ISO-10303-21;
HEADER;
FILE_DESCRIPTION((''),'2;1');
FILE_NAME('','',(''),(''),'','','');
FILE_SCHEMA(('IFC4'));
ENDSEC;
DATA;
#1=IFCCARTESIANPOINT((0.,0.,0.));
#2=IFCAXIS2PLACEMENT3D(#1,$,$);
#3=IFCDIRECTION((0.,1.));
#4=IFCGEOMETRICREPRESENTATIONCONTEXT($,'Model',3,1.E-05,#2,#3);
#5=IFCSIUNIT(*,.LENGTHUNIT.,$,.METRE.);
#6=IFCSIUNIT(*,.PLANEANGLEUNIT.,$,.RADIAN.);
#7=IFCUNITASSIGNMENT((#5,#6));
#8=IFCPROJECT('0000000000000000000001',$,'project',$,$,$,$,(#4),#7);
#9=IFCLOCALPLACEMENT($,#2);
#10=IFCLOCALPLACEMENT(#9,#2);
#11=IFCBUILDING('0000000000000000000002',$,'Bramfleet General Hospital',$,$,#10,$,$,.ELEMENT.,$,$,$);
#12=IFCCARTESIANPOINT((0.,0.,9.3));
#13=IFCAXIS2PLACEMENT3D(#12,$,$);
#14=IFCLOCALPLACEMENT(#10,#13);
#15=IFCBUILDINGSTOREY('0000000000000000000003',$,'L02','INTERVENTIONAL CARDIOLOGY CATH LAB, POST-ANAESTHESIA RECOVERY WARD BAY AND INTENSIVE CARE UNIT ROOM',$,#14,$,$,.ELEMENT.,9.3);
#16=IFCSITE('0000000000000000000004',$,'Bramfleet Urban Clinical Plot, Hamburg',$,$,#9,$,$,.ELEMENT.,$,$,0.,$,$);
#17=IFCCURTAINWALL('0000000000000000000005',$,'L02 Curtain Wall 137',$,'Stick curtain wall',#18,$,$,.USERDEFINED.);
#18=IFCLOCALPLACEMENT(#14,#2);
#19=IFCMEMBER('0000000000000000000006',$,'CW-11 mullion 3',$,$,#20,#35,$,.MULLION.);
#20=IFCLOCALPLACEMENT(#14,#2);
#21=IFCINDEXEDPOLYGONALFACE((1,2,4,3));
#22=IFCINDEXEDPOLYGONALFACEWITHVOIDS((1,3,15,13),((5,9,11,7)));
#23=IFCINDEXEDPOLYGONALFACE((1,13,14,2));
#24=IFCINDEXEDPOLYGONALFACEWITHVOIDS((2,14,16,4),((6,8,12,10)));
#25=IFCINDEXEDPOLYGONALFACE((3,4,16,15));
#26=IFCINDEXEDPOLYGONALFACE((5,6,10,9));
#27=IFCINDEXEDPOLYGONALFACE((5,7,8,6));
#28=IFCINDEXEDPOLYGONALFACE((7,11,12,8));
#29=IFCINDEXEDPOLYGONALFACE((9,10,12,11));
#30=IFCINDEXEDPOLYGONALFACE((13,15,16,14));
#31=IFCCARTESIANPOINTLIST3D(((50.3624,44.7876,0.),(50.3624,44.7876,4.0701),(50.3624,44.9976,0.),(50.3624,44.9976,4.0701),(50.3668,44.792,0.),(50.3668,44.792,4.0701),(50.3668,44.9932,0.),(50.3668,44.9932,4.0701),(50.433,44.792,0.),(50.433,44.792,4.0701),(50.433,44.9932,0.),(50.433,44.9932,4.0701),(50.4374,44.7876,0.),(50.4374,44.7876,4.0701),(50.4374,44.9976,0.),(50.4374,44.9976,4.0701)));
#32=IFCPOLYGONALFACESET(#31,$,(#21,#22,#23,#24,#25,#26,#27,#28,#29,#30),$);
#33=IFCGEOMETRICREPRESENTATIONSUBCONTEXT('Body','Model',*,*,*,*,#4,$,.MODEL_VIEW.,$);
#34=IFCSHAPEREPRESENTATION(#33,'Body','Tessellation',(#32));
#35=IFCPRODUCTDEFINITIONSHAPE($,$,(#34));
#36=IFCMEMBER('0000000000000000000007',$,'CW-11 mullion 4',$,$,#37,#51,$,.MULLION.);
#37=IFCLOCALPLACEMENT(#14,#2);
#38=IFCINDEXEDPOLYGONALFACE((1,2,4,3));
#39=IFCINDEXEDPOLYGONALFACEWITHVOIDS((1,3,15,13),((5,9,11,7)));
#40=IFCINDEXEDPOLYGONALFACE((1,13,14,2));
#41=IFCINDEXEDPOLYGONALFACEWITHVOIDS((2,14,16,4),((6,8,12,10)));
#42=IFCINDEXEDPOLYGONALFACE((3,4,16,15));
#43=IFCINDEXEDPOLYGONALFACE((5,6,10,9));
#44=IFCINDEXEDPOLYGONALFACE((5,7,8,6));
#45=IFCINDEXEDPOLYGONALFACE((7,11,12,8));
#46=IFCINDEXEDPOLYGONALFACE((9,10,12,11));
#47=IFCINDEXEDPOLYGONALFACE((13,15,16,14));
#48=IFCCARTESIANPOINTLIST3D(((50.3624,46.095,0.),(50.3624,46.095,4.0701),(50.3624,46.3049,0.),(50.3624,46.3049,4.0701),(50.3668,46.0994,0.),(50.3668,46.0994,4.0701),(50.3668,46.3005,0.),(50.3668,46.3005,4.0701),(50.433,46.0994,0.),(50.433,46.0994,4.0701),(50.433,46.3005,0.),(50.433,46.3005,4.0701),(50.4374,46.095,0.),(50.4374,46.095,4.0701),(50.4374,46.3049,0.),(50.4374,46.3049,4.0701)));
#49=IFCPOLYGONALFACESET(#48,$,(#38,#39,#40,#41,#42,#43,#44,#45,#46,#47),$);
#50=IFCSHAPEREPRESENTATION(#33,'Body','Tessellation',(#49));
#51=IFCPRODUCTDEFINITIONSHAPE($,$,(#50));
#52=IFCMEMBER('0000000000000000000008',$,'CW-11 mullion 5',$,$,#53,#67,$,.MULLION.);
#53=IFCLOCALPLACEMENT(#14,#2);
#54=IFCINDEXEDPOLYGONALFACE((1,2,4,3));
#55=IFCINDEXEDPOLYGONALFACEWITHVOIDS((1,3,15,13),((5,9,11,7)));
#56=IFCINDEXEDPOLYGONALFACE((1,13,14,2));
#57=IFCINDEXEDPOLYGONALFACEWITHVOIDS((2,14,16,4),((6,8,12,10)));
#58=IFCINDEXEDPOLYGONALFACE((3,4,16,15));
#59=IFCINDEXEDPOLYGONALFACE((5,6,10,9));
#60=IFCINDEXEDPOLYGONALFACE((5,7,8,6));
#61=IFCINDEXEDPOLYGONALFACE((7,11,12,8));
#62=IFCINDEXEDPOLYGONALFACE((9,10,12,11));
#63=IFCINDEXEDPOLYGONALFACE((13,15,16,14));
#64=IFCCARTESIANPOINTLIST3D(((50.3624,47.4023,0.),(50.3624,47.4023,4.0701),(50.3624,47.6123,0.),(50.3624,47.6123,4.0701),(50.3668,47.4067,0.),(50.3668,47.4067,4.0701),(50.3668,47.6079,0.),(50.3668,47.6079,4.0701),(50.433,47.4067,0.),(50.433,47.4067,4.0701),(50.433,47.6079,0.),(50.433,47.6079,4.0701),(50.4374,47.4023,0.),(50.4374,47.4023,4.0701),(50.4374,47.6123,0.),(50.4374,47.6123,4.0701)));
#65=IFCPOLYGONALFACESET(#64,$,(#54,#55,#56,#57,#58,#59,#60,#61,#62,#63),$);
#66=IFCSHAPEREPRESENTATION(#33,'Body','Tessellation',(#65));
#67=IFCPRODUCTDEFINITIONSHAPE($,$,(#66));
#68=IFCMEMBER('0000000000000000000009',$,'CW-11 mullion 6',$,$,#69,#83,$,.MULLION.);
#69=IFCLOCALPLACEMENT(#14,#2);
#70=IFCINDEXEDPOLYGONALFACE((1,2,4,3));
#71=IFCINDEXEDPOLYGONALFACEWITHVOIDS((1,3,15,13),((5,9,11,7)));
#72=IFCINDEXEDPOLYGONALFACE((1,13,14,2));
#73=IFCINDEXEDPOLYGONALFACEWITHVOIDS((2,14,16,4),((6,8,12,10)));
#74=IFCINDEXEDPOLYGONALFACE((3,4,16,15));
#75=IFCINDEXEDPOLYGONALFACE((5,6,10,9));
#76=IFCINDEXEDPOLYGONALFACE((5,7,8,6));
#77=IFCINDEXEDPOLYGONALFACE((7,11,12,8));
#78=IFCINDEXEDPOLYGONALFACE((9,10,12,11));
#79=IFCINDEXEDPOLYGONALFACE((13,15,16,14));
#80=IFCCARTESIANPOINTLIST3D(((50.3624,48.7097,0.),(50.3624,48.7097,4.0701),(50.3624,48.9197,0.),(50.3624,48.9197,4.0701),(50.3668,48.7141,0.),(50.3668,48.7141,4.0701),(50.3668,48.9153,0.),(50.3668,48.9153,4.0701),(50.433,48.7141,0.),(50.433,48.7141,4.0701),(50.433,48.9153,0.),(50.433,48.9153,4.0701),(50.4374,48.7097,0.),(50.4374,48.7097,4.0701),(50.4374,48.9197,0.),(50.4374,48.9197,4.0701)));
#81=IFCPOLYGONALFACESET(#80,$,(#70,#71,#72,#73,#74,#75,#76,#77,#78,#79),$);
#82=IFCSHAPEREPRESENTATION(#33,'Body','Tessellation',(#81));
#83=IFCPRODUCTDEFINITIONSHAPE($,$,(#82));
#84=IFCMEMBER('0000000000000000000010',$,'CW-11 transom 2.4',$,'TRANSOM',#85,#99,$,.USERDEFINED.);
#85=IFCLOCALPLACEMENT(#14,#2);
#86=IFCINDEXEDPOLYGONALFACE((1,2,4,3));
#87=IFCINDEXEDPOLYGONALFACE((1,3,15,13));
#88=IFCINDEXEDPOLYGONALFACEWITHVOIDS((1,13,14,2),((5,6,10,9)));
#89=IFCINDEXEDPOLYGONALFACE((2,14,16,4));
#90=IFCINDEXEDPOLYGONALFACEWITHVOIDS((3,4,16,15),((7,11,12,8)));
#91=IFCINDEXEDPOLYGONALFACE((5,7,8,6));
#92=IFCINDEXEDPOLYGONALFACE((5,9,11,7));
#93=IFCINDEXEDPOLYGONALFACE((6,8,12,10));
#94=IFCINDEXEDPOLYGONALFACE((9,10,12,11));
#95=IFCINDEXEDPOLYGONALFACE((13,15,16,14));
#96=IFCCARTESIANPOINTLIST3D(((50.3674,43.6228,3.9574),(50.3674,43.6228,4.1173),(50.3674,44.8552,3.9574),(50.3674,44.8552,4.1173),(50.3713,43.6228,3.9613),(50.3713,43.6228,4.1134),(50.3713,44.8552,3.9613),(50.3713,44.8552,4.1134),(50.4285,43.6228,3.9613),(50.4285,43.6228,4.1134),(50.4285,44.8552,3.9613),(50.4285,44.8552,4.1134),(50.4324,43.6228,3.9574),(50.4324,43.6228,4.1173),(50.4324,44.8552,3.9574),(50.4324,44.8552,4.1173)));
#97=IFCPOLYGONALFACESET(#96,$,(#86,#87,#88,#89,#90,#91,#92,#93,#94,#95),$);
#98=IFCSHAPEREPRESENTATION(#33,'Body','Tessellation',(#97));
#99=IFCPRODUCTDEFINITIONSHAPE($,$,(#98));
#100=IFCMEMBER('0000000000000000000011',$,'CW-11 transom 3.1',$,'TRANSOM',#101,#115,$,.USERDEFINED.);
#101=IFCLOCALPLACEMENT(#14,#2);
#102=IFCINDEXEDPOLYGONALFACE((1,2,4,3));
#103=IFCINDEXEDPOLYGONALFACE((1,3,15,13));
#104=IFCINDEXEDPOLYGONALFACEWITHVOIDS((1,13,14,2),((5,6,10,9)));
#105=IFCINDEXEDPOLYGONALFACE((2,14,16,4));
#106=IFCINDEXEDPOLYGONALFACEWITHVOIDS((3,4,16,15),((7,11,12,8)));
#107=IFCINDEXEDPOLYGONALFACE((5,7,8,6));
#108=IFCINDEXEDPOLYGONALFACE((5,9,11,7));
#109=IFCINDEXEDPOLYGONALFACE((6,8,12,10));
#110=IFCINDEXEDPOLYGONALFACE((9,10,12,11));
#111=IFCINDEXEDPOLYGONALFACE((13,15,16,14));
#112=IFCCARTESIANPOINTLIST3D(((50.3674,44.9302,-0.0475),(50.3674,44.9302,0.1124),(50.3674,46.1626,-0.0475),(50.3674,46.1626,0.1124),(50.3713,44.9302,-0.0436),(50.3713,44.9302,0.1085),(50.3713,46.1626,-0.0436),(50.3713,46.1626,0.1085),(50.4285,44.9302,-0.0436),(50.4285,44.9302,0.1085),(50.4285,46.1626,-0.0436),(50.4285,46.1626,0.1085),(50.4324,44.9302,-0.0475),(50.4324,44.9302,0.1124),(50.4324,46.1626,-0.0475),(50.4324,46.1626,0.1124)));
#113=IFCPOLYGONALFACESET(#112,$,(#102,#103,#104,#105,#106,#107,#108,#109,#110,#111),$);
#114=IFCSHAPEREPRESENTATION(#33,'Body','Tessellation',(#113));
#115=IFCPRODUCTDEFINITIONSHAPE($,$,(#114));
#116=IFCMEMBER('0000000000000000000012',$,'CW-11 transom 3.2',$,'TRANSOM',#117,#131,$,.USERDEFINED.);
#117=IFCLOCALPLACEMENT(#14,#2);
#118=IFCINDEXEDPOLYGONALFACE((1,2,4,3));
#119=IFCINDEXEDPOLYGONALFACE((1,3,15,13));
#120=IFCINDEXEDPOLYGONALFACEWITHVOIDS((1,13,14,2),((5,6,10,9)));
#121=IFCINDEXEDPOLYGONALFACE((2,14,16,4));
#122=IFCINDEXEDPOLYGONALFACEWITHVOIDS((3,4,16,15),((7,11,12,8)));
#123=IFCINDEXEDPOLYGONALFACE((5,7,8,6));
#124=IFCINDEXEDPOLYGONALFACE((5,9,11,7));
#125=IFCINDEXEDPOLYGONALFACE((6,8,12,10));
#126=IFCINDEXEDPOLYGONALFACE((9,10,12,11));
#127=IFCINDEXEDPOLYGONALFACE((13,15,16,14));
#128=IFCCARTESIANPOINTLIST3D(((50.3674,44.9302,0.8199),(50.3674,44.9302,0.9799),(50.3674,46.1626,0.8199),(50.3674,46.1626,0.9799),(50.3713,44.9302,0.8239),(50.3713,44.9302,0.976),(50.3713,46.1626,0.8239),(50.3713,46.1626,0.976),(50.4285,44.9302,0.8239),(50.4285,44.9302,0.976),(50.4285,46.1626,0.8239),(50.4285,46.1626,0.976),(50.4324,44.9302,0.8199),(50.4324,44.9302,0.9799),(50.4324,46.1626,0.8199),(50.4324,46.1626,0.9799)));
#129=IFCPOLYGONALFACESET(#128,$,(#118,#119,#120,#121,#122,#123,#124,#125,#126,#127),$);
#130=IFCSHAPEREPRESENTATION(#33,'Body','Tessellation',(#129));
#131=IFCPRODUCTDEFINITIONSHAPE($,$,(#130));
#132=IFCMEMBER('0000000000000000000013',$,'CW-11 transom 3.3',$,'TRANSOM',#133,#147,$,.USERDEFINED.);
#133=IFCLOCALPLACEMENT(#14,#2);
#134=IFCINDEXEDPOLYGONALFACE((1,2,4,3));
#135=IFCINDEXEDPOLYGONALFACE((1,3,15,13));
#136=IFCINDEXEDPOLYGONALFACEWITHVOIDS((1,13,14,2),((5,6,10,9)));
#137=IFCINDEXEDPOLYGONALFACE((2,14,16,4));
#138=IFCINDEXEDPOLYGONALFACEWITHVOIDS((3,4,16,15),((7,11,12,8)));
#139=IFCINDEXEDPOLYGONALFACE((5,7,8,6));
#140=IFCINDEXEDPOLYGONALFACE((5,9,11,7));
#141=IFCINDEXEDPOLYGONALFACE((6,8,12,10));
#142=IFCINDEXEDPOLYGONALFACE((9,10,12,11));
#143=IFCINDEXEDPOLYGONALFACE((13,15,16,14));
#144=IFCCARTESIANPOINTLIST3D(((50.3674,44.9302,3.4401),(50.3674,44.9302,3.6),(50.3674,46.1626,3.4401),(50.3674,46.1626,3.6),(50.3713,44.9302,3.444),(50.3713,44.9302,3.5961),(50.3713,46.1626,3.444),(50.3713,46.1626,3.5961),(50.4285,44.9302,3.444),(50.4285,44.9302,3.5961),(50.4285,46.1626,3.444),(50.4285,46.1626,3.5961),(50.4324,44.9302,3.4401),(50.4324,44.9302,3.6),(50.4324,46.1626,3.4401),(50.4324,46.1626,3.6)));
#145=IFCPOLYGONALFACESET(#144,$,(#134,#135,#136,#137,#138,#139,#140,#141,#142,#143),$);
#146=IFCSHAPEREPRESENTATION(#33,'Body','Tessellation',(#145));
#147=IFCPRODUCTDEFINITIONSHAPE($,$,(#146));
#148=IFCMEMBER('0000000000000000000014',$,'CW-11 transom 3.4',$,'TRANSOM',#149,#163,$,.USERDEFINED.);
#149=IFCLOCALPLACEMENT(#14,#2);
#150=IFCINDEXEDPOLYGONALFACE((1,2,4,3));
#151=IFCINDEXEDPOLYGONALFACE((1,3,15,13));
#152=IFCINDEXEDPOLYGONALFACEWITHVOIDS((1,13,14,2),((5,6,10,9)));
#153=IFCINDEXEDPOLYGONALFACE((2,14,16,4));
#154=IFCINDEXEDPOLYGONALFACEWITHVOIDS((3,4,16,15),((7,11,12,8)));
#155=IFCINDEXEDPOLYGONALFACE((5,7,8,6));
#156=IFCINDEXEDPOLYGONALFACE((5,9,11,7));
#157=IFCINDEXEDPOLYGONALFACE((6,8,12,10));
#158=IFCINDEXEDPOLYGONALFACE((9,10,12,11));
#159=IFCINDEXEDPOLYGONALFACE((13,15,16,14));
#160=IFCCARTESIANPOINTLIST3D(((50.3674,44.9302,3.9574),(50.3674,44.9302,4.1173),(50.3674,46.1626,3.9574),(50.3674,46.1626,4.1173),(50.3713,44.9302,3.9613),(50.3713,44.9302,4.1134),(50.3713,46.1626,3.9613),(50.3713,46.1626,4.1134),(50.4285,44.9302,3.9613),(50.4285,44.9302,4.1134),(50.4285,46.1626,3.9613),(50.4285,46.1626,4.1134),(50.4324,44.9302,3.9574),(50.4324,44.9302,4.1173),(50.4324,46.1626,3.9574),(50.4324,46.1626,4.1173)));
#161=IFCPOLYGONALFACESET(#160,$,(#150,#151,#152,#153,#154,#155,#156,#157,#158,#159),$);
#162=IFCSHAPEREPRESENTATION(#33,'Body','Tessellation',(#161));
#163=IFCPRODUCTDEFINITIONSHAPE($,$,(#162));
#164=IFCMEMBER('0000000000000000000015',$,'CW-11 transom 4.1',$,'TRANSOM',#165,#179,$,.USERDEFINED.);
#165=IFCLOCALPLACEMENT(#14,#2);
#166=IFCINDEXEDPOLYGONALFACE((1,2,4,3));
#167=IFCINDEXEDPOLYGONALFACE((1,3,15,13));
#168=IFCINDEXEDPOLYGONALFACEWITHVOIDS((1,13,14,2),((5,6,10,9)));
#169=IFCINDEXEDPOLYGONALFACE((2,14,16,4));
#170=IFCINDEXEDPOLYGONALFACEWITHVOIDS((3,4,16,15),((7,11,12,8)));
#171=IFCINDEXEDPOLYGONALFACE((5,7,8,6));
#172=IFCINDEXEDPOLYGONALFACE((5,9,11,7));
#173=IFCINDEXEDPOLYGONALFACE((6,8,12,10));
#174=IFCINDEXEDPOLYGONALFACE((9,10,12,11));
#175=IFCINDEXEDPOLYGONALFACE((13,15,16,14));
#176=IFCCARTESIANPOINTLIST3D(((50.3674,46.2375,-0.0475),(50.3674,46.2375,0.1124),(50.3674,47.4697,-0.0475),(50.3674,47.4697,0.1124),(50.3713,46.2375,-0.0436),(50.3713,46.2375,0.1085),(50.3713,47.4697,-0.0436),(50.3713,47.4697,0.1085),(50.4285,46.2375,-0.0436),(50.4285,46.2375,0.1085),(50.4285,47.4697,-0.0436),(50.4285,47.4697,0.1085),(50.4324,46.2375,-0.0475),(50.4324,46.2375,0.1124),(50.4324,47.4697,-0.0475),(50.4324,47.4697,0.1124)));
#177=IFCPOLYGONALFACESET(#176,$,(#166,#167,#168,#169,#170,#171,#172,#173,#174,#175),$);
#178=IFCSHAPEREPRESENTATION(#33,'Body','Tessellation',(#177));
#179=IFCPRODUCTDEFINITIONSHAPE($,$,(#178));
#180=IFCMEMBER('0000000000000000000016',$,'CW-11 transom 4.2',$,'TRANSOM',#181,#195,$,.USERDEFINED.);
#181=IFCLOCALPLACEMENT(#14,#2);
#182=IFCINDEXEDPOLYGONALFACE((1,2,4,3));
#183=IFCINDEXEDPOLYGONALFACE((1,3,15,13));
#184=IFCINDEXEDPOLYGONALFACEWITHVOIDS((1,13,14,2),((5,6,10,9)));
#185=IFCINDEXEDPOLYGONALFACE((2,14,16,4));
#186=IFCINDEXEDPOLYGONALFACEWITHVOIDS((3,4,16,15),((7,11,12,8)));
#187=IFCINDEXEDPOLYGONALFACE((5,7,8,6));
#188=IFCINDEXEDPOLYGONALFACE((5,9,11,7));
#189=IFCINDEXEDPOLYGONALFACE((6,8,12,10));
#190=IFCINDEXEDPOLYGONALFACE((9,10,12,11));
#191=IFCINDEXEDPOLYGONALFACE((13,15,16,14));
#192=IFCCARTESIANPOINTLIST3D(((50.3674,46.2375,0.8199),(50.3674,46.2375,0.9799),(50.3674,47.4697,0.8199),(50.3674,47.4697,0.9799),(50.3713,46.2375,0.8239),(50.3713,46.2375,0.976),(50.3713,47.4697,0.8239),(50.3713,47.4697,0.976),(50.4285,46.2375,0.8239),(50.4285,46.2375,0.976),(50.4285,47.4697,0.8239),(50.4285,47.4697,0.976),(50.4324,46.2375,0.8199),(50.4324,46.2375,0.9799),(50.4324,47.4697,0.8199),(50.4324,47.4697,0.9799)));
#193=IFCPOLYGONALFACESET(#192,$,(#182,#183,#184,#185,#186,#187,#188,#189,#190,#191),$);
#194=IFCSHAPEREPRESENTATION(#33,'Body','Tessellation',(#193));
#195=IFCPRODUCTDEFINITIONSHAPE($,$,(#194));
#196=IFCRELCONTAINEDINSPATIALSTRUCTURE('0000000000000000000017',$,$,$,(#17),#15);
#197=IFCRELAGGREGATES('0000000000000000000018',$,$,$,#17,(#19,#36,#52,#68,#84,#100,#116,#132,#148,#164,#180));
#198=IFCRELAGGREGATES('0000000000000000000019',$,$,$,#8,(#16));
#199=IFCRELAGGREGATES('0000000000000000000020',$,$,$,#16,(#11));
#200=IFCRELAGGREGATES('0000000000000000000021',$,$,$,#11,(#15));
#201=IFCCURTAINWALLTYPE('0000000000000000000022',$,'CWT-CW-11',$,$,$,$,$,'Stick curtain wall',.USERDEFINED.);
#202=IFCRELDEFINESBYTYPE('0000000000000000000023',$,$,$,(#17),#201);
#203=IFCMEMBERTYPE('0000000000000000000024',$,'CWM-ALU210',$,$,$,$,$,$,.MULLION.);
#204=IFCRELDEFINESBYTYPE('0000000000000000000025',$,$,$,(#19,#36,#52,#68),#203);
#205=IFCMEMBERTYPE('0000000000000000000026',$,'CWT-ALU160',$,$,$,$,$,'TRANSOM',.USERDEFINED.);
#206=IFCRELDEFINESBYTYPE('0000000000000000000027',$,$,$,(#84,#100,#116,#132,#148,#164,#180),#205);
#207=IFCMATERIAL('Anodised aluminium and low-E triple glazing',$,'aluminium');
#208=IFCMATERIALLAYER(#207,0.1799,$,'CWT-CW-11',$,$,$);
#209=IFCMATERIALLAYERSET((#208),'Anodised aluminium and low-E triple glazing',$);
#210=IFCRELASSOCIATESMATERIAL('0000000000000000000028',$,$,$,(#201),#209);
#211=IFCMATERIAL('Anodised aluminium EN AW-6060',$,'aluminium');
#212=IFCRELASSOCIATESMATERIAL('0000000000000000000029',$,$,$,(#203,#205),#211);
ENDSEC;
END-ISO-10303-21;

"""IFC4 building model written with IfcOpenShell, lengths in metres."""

from ifc_helpers import new_model, si_unit, direction, frame, origin, origin_2d, place, context, subcontext, project, spatial, hollow_rectangle, extrude, material, layer, layer_set, material_profile, profile_set, type_object, element, aggregate, save


model = new_model("IFC4")

# Units and contexts
model_context = context("Model", 3, precision=1e-05, world=origin(), true_north=direction((0.0, 1.0)))
body_context = subcontext(model_context, "Body", "Model", "MODEL_VIEW")
ifc_project = project(units=[si_unit("LENGTHUNIT", "METRE"), si_unit("PLANEANGLEUNIT", "RADIAN")], contexts=[model_context])

# Site, building, storey
site_placement = place(None, origin())
site = spatial("IfcSite", under=ifc_project, at=site_placement, Name="Bramfleet Urban Clinical Plot, Hamburg", CompositionType="ELEMENT", RefElevation=0.0)
building_placement = place(site_placement, origin())
building = spatial("IfcBuilding", under=site, at=building_placement, Name="Bramfleet General Hospital", CompositionType="ELEMENT")
storey_placement = place(building_placement, frame((0.0, 0.0, 9.3)))
storey = spatial("IfcBuildingStorey", under=building, at=storey_placement, Name="L02", Description="INTERVENTIONAL CARDIOLOGY CATH LAB, POST-ANAESTHESIA RECOVERY WARD BAY AND INTENSIVE CARE UNIT ROOM", CompositionType="ELEMENT", Elevation=9.3)

# Curtain wall, members
ifc_material_1 = material(Name="Anodised aluminium and low-E triple glazing", Category="aluminium")
ifc_layer_1 = layer(ifc_material_1, 0.1799, Name="CWT-CW-11")
ifc_layer_set_1 = layer_set([ifc_layer_1], Name="Anodised aluminium and low-E triple glazing")
curtain_wall_type = type_object("IfcCurtainWallType", Name="CWT-CW-11", ElementType="Stick curtain wall", PredefinedType="USERDEFINED", material=ifc_layer_set_1)
curtain_wall_placement = place(storey_placement, origin())
curtain_wall = element("IfcCurtainWall", 1, at=curtain_wall_placement, inside=storey, type_object=curtain_wall_type, Name="L02 Curtain Wall 137", ObjectType="Stick curtain wall", PredefinedType="USERDEFINED")
ifc_material_2 = material(Name="Anodised aluminium EN AW-6060", Category="aluminium")
ifc_material_profile_1 = material_profile(ifc_material_2, hollow_rectangle(XDim=0.075, YDim=0.21, WallThickness=0.0044, at=origin_2d()), Name="ALU 210x75x4.5")
ifc_profile_set_1 = profile_set([ifc_material_profile_1], Name="Anodised aluminium EN AW-6060")
member_type_1 = type_object("IfcMemberType", Name="CWM-ALU210", PredefinedType="MULLION", material=ifc_profile_set_1)
member_1_placement = place(storey_placement, frame((50.3999, 44.8926, 0.0), z_axis=(0.0, 0.0, 1.0), x_axis=(-1.0, 0.0, 0.0)))
member_1 = element("IfcMember", 2, at=member_1_placement, type_object=member_type_1, Name="CW-11 mullion 3", PredefinedType="MULLION", context=body_context, shape_type="SweptSolid", body=[
    extrude(hollow_rectangle(XDim=0.075, YDim=0.21, WallThickness=0.0044, at=origin_2d()), origin(), (0.0, 0.0, 1.0), 4.0701),
])
member_2_placement = place(storey_placement, frame((50.3999, 46.2, 0.0), z_axis=(0.0, 0.0, 1.0), x_axis=(-1.0, 0.0, 0.0)))
member_2 = element("IfcMember", 3, at=member_2_placement, type_object=member_type_1, Name="CW-11 mullion 4", PredefinedType="MULLION", context=body_context, shape_type="SweptSolid", body=[
    extrude(hollow_rectangle(XDim=0.075, YDim=0.21, WallThickness=0.0044, at=origin_2d()), origin(), (0.0, 0.0, 1.0), 4.0701),
])
member_3_placement = place(storey_placement, frame((50.3999, 47.5073, 0.0), z_axis=(0.0, 0.0, 1.0), x_axis=(-1.0, 0.0, 0.0)))
member_3 = element("IfcMember", 4, at=member_3_placement, type_object=member_type_1, Name="CW-11 mullion 5", PredefinedType="MULLION", context=body_context, shape_type="SweptSolid", body=[
    extrude(hollow_rectangle(XDim=0.075, YDim=0.21, WallThickness=0.0044, at=origin_2d()), origin(), (0.0, 0.0, 1.0), 4.0701),
])
member_4_placement = place(storey_placement, frame((50.3999, 48.8147, 0.0), z_axis=(0.0, 0.0, 1.0), x_axis=(-1.0, 0.0, 0.0)))
member_4 = element("IfcMember", 5, at=member_4_placement, type_object=member_type_1, Name="CW-11 mullion 6", PredefinedType="MULLION", context=body_context, shape_type="SweptSolid", body=[
    extrude(hollow_rectangle(XDim=0.075, YDim=0.21, WallThickness=0.0044, at=origin_2d()), origin(), (0.0, 0.0, 1.0), 4.0701),
])
ifc_material_profile_2 = material_profile(ifc_material_2, hollow_rectangle(XDim=0.0649, YDim=0.1599, WallThickness=0.0039, at=origin_2d()), Name="ALU 160x65x4.0")
ifc_profile_set_2 = profile_set([ifc_material_profile_2], Name="Anodised aluminium EN AW-6060")
member_type_2 = type_object("IfcMemberType", Name="CWT-ALU160", ElementType="TRANSOM", PredefinedType="USERDEFINED", material=ifc_profile_set_2)
member_5_placement = place(storey_placement, frame((50.3999, 43.6228, 4.0374), z_axis=(0.0, 1.0, 0.0), x_axis=(-1.0, 0.0, 0.0)))
member_5 = element("IfcMember", 6, at=member_5_placement, type_object=member_type_2, Name="CW-11 transom 2.4", ObjectType="TRANSOM", PredefinedType="USERDEFINED", context=body_context, shape_type="SweptSolid", body=[
    extrude(hollow_rectangle(XDim=0.0649, YDim=0.1599, WallThickness=0.0039, at=origin_2d()), origin(), (0.0, 0.0, 1.0), 1.2324),
])
member_6_placement = place(storey_placement, frame((50.3999, 44.9302, 0.0325), z_axis=(0.0, 1.0, 0.0), x_axis=(-1.0, 0.0, 0.0)))
member_6 = element("IfcMember", 7, at=member_6_placement, type_object=member_type_2, Name="CW-11 transom 3.1", ObjectType="TRANSOM", PredefinedType="USERDEFINED", context=body_context, shape_type="SweptSolid", body=[
    extrude(hollow_rectangle(XDim=0.0649, YDim=0.1599, WallThickness=0.0039, at=origin_2d()), origin(), (0.0, 0.0, 1.0), 1.2324),
])
member_7_placement = place(storey_placement, frame((50.3999, 44.9302, 0.8999), z_axis=(0.0, 1.0, 0.0), x_axis=(-1.0, 0.0, 0.0)))
member_7 = element("IfcMember", 8, at=member_7_placement, type_object=member_type_2, Name="CW-11 transom 3.2", ObjectType="TRANSOM", PredefinedType="USERDEFINED", context=body_context, shape_type="SweptSolid", body=[
    extrude(hollow_rectangle(XDim=0.0649, YDim=0.1599, WallThickness=0.0039, at=origin_2d()), origin(), (0.0, 0.0, 1.0), 1.2324),
])
member_8_placement = place(storey_placement, frame((50.3999, 44.9302, 3.52), z_axis=(0.0, 1.0, 0.0), x_axis=(-1.0, 0.0, 0.0)))
member_8 = element("IfcMember", 9, at=member_8_placement, type_object=member_type_2, Name="CW-11 transom 3.3", ObjectType="TRANSOM", PredefinedType="USERDEFINED", context=body_context, shape_type="SweptSolid", body=[
    extrude(hollow_rectangle(XDim=0.0649, YDim=0.1599, WallThickness=0.0039, at=origin_2d()), origin(), (0.0, 0.0, 1.0), 1.2324),
])
member_9_placement = place(storey_placement, frame((50.3999, 44.9302, 4.0374), z_axis=(0.0, 1.0, 0.0), x_axis=(-1.0, 0.0, 0.0)))
member_9 = element("IfcMember", 10, at=member_9_placement, type_object=member_type_2, Name="CW-11 transom 3.4", ObjectType="TRANSOM", PredefinedType="USERDEFINED", context=body_context, shape_type="SweptSolid", body=[
    extrude(hollow_rectangle(XDim=0.0649, YDim=0.1599, WallThickness=0.0039, at=origin_2d()), origin(), (0.0, 0.0, 1.0), 1.2324),
])
member_10_placement = place(storey_placement, frame((50.3999, 46.2375, 0.0325), z_axis=(0.0, 1.0, 0.0), x_axis=(-1.0, 0.0, 0.0)))
member_10 = element("IfcMember", 11, at=member_10_placement, type_object=member_type_2, Name="CW-11 transom 4.1", ObjectType="TRANSOM", PredefinedType="USERDEFINED", context=body_context, shape_type="SweptSolid", body=[
    extrude(hollow_rectangle(XDim=0.0649, YDim=0.1599, WallThickness=0.0039, at=origin_2d()), origin(), (0.0, 0.0, 1.0), 1.2322),
])
member_11_placement = place(storey_placement, frame((50.3999, 46.2375, 0.8999), z_axis=(0.0, 1.0, 0.0), x_axis=(-1.0, 0.0, 0.0)))
member_11 = element("IfcMember", 12, at=member_11_placement, type_object=member_type_2, Name="CW-11 transom 4.2", ObjectType="TRANSOM", PredefinedType="USERDEFINED", context=body_context, shape_type="SweptSolid", body=[
    extrude(hollow_rectangle(XDim=0.0649, YDim=0.1599, WallThickness=0.0039, at=origin_2d()), origin(), (0.0, 0.0, 1.0), 1.2322),
])
aggregate(curtain_wall, [member_1, member_2, member_3, member_4, member_5, member_6, member_7, member_8, member_9, member_10, member_11])

save(model, "model.ifc")
